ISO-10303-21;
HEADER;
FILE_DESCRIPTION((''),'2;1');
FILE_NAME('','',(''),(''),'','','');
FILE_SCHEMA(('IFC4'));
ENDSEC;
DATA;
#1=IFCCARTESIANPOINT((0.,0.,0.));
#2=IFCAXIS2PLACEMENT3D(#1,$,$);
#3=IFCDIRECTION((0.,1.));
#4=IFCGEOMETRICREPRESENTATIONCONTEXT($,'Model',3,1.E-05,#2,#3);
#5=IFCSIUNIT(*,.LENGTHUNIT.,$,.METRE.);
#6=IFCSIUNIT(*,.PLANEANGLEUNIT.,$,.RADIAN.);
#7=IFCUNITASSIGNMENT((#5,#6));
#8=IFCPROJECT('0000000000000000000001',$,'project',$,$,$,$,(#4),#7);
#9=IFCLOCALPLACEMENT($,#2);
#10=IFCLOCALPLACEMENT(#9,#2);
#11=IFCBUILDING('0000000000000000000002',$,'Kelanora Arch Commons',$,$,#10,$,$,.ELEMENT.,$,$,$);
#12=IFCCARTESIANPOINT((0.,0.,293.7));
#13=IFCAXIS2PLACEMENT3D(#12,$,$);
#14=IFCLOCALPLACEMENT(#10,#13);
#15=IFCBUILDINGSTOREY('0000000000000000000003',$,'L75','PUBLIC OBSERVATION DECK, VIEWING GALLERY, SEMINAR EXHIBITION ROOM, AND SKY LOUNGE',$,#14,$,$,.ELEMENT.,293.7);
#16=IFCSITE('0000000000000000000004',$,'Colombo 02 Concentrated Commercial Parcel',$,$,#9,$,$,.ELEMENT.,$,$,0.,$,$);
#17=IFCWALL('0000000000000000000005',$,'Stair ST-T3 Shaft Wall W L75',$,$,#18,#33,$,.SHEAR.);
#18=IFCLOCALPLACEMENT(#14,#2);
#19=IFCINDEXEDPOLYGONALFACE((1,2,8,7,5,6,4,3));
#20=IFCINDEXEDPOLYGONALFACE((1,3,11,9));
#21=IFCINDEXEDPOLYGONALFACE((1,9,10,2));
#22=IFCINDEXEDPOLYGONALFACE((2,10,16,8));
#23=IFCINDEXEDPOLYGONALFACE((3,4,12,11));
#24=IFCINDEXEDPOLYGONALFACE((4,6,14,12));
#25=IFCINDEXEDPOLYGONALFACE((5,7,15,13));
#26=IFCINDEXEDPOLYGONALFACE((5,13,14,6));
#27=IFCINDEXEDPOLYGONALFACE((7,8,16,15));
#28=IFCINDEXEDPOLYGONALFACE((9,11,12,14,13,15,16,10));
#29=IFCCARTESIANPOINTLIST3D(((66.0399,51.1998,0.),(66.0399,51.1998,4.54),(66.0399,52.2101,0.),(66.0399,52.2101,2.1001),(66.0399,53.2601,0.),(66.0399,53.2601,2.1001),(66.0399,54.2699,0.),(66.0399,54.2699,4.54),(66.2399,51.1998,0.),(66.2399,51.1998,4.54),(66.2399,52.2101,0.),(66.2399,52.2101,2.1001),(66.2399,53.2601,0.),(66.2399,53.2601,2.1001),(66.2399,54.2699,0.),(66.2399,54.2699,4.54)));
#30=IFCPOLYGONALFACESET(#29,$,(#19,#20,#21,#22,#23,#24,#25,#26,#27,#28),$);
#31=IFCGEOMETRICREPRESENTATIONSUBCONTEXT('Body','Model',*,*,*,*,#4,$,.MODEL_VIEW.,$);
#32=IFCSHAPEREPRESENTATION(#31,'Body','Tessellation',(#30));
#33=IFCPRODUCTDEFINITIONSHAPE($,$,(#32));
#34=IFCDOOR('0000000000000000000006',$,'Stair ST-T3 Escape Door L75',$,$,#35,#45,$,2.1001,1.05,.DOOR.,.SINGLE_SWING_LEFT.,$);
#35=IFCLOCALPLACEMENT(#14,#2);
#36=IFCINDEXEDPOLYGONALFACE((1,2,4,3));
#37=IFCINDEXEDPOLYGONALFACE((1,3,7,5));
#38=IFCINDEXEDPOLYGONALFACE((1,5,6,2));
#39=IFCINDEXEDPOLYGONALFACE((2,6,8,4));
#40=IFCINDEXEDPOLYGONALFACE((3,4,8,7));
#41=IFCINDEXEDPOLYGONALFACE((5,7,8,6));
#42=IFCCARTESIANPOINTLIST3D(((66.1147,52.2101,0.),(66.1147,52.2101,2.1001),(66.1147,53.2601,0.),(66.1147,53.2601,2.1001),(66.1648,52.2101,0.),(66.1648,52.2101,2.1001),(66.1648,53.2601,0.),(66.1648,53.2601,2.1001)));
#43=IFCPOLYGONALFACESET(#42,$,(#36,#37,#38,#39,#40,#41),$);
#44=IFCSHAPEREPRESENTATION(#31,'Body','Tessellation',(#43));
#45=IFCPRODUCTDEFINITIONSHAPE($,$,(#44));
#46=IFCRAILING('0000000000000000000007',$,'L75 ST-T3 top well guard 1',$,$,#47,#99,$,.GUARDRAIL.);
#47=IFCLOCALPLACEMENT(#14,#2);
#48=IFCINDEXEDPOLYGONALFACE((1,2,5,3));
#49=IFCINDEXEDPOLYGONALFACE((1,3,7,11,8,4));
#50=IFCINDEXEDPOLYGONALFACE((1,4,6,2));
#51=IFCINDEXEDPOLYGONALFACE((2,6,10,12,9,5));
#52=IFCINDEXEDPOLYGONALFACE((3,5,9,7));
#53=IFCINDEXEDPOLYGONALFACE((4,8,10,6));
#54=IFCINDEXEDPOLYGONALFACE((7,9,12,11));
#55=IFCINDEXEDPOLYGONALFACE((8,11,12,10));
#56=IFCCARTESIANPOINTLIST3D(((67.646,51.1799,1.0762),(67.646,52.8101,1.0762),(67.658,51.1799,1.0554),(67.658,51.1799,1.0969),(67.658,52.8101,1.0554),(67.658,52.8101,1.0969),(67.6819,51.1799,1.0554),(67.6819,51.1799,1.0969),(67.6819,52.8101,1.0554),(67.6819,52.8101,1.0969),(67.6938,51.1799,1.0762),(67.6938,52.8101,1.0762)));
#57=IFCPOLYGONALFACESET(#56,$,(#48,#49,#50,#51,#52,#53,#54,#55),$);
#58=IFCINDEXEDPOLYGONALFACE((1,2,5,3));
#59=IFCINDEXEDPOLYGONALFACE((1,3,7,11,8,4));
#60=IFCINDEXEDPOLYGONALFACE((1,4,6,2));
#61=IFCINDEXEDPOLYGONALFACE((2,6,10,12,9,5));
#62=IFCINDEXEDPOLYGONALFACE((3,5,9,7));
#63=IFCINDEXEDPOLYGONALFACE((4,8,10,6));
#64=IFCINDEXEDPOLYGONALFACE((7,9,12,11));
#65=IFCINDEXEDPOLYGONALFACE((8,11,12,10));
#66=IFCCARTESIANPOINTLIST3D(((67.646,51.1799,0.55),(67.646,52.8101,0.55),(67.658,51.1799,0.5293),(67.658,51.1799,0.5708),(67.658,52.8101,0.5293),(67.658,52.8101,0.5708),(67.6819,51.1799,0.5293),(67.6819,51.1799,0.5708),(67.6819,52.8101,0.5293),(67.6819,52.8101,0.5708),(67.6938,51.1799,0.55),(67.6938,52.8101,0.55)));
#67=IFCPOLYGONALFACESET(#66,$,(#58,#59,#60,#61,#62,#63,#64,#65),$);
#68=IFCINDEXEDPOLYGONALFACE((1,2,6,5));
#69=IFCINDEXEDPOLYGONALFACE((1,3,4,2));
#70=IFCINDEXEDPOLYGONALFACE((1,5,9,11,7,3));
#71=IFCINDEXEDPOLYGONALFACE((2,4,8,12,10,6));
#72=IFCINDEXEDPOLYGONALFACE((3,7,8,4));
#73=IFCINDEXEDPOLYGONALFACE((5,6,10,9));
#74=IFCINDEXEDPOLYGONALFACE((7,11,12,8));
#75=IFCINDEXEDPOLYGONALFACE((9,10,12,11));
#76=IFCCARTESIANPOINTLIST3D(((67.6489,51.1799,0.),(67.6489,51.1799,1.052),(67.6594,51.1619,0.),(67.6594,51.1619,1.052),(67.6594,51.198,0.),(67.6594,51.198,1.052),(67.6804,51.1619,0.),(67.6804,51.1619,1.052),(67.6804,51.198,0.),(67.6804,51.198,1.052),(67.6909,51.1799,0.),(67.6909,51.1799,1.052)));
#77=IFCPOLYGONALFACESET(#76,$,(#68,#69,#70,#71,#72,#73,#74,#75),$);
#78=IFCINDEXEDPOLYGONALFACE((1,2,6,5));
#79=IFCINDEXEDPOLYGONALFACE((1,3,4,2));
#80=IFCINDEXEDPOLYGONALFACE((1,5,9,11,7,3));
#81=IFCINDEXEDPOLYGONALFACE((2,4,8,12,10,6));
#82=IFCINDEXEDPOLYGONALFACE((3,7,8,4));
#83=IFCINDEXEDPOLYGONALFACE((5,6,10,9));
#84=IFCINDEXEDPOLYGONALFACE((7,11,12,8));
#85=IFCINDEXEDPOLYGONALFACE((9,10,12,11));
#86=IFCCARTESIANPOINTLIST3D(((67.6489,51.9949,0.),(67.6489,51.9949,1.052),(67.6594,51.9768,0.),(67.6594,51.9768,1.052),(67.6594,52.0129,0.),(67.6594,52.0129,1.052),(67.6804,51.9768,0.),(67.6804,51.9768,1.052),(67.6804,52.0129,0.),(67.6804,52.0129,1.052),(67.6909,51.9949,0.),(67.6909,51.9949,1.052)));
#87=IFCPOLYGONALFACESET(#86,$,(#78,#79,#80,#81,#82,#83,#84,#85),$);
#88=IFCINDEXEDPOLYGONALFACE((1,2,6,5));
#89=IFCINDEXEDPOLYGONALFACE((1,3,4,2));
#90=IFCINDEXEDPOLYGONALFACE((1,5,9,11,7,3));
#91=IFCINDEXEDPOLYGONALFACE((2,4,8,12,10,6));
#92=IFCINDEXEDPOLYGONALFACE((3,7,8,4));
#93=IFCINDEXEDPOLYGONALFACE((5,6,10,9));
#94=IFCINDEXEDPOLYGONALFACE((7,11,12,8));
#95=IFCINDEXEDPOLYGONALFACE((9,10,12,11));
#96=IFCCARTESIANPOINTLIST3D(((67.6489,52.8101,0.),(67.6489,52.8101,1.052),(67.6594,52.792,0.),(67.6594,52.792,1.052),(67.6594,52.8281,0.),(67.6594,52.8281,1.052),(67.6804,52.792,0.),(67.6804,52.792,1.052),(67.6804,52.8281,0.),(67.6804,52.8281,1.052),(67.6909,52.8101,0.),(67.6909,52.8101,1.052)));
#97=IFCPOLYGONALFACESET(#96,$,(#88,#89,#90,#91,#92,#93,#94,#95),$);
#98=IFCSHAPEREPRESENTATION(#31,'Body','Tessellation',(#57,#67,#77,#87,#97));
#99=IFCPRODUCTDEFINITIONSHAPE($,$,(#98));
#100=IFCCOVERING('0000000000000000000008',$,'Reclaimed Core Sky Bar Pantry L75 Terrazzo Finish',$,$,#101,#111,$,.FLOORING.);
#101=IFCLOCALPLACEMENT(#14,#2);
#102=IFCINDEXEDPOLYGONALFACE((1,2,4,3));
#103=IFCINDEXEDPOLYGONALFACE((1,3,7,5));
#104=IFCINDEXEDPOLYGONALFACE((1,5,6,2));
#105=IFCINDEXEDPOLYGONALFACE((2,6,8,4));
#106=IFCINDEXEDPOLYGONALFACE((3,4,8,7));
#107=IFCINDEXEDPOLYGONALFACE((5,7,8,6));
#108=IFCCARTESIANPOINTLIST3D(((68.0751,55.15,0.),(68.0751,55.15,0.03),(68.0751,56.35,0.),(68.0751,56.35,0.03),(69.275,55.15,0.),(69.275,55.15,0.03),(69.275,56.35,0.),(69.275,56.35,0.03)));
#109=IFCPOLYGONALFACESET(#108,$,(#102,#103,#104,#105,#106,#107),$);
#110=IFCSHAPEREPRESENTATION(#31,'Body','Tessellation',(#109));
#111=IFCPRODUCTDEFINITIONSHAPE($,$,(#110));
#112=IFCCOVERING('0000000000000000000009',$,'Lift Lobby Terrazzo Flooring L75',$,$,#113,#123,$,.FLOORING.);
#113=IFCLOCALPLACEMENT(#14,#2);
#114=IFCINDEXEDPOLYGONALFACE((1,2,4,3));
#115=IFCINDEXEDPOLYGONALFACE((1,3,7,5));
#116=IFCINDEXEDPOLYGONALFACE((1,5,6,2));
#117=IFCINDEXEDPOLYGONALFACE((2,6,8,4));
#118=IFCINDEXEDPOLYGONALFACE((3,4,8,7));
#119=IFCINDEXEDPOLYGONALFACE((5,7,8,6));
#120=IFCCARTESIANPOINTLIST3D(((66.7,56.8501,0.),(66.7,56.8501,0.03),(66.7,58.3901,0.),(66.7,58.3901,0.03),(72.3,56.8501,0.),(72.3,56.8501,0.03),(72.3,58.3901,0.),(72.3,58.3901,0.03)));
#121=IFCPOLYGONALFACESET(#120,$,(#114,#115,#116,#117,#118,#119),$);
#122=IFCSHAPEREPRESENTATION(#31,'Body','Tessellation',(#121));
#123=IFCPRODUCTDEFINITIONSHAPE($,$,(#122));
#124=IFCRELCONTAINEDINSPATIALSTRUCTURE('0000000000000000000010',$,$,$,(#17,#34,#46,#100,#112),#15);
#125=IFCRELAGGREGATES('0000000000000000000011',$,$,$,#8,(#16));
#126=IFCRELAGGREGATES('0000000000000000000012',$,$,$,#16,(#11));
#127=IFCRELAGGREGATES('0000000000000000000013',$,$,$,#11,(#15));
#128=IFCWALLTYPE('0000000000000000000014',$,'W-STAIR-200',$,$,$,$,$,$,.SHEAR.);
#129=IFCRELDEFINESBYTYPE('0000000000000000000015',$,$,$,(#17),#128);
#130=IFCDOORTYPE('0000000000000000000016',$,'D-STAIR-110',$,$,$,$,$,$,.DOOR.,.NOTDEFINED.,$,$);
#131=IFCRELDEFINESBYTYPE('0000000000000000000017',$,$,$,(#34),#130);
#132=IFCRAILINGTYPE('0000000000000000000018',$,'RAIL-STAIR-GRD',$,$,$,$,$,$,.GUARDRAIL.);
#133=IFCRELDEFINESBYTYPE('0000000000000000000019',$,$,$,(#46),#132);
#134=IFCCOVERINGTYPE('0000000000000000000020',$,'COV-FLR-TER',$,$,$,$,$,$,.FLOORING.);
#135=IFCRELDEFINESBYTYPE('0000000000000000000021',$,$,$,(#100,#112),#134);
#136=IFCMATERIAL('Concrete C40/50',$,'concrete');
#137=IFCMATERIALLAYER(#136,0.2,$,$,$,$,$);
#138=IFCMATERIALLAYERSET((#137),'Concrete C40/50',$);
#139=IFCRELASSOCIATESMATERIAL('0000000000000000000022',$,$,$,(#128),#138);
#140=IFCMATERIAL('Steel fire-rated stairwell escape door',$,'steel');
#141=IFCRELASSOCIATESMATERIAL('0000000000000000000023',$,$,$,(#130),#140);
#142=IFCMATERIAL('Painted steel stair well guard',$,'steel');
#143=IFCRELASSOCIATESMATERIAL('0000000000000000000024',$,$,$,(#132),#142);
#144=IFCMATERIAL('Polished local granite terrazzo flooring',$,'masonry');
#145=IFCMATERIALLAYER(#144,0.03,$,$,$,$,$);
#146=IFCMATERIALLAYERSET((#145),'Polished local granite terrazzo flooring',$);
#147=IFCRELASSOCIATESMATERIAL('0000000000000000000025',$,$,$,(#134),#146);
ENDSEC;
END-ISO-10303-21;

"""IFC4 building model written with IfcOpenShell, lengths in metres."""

from ifc_helpers import new_model, si_unit, direction, frame, frame_2d, origin, origin_2d, place, context, subcontext, project, spatial, polyline, rectangle, outline, extrude, source, transform, mapped, material, layer, layer_set, type_object, element, fill, save


model = new_model("IFC4")

# Units and contexts
model_context = context("Model", 3, precision=1e-05, world=origin(), true_north=direction((0.0, 1.0)))
body_context = subcontext(model_context, "Body", "Model", "MODEL_VIEW")
ifc_project = project(units=[si_unit("LENGTHUNIT", "METRE"), si_unit("PLANEANGLEUNIT", "RADIAN")], contexts=[model_context])

# Site, building, storey
site_placement = place(None, origin())
site = spatial("IfcSite", under=ifc_project, at=site_placement, Name="Colombo 02 Concentrated Commercial Parcel", CompositionType="ELEMENT", RefElevation=0.0)
building_placement = place(site_placement, origin())
building = spatial("IfcBuilding", under=site, at=building_placement, Name="Kelanora Arch Commons", CompositionType="ELEMENT")
storey_placement = place(building_placement, frame((0.0, 0.0, 293.7)))
storey = spatial("IfcBuildingStorey", under=building, at=storey_placement, Name="L75", Description="PUBLIC OBSERVATION DECK, VIEWING GALLERY, SEMINAR EXHIBITION ROOM, AND SKY LOUNGE", CompositionType="ELEMENT", Elevation=293.7)

# Shared definitions
ifc_material_1 = material(Name="Concrete C40/50", Category="concrete")
ifc_layer_1 = layer(ifc_material_1, 0.2)
ifc_layer_set_1 = layer_set([ifc_layer_1], Name="Concrete C40/50")
wall_type_1 = type_object("IfcWallType", Name="W-STAIR-200", PredefinedType="SHEAR", material=ifc_layer_set_1)

# Wall, opening, door
wall_1_placement = place(storey_placement, frame((66.1399, 54.27, 0.0), z_axis=(0.0, 0.0, 1.0), x_axis=(0.0, -1.0, 0.0)))
wall_1 = element("IfcWall", 1, at=wall_1_placement, inside=storey, type_object=wall_type_1, Name="Stair ST-T3 Shaft Wall W L75", PredefinedType="SHEAR", context=body_context, shape_type="SweptSolid", body=[
    extrude(rectangle(XDim=3.0701, YDim=0.2, at=frame_2d((1.5352, 0.0))), origin(), (0.0, 0.0, 1.0), 4.54),
])
opening_1_placement = place(wall_1_placement, frame((1.01, 0.0, 0.0)))
opening_1 = element("IfcOpeningElement", 2, at=opening_1_placement, cuts=wall_1, PredefinedType="OPENING", context=body_context, shape_type="SweptSolid", body=[
    extrude(rectangle(XDim=1.05, YDim=2.1001, at=frame_2d((0.5249, 1.05))), frame((0.0, 0.1099, 0.0), z_axis=(0.0, -1.0, 0.0), x_axis=(1.0, 0.0, 0.0)), (0.0, 0.0, 1.0), 0.22),
])
ifc_material_2 = material(Name="Steel fire-rated stairwell escape door", Category="steel")
door_type_1 = type_object("IfcDoorType", Name="D-STAIR-110", OperationType="NOTDEFINED", PredefinedType="DOOR", material=ifc_material_2)
door_1_placement = place(opening_1_placement, origin())
door_1 = element("IfcDoor", 3, at=door_1_placement, inside=storey, type_object=door_type_1, Name="Stair ST-T3 Escape Door L75", OperationType="SINGLE_SWING_LEFT", OverallHeight=2.1001, OverallWidth=1.05, PredefinedType="DOOR", context=body_context, shape_type="SweptSolid", body=[
    extrude(rectangle(XDim=1.05, YDim=2.1001, at=frame_2d((0.5249, 1.05))), frame((0.0, 0.0249, 0.0), z_axis=(0.0, -1.0, 0.0), x_axis=(1.0, 0.0, 0.0)), (0.0, 0.0, 1.0), 0.05),
])
fill(opening_1, door_1)

# Railing
ifc_material_3 = material(Name="Painted steel stair well guard", Category="steel")
railing_type = type_object("IfcRailingType", Name="RAIL-STAIR-GRD", PredefinedType="GUARDRAIL", material=ifc_material_3)
railing_placement = place(storey_placement, frame((67.6699, 51.1799, 0.0)))
element("IfcRailing", 4, at=railing_placement, inside=storey, type_object=railing_type, Name="L75 ST-T3 top well guard 1", PredefinedType="GUARDRAIL", context=body_context, shape_type="SweptSolid", body=[
    extrude(outline(polyline([(0.0239, 0.0), (0.012, 0.0208), (-0.012, 0.0208), (-0.0239, 0.0), (-0.012, -0.0208), (0.012, -0.0208), (0.0239, 0.0)])), frame((0.0, 0.0, 1.0762), z_axis=(0.0, 1.0, 0.0), x_axis=(-1.0, 0.0, 0.0)), (0.0, 0.0, 1.0), 1.6301),
    extrude(outline(polyline([(0.0239, 0.0), (0.012, 0.0208), (-0.012, 0.0208), (-0.0239, 0.0), (-0.012, -0.0208), (0.012, -0.0208), (0.0239, 0.0)])), frame((0.0, 0.0, 0.55), z_axis=(0.0, 1.0, 0.0), x_axis=(-1.0, 0.0, 0.0)), (0.0, 0.0, 1.0), 1.6301),
    extrude(outline(polyline([(0.021, 0.0), (0.0105, 0.0181), (-0.0105, 0.0181), (-0.021, 0.0), (-0.0105, -0.0181), (0.0105, -0.0181), (0.021, 0.0)])), origin(), (0.0, 0.0, 1.0), 1.052),
    extrude(outline(polyline([(0.021, 0.0), (0.0105, 0.0181), (-0.0105, 0.0181), (-0.021, 0.0), (-0.0105, -0.0181), (0.0105, -0.0181), (0.021, 0.0)])), frame((0.0, 0.8149, 0.0)), (0.0, 0.0, 1.0), 1.052),
    extrude(outline(polyline([(0.021, 0.0), (0.0105, 0.0181), (-0.0105, 0.0181), (-0.021, 0.0), (-0.0105, -0.0181), (0.0105, -0.0181), (0.021, 0.0)])), frame((0.0, 1.6301, 0.0)), (0.0, 0.0, 1.0), 1.052),
])

# Coverings
ifc_material_4 = material(Name="Polished local granite terrazzo flooring", Category="masonry")
ifc_layer_2 = layer(ifc_material_4, 0.03)
ifc_layer_set_2 = layer_set([ifc_layer_2], Name="Polished local granite terrazzo flooring")
covering_type = type_object("IfcCoveringType", Name="COV-FLR-TER", PredefinedType="FLOORING", material=ifc_layer_set_2)
shared_shape_1 = source(origin(), body_context, "Body", "SweptSolid", [
    extrude(rectangle(XDim=1.2, YDim=1.2, at=origin_2d()), origin(), (0.0, 0.0, 1.0), 0.03),
])
covering_1_placement = place(storey_placement, frame((68.675, 55.75, 0.0), z_axis=(0.0, 0.0, 1.0), x_axis=(1.0, 0.0, 0.0)))
element("IfcCovering", 5, at=covering_1_placement, inside=storey, type_object=covering_type, Name="Reclaimed Core Sky Bar Pantry L75 Terrazzo Finish", PredefinedType="FLOORING", context=body_context, shape_type="MappedRepresentation", body=[
    mapped(shared_shape_1, transform((0.0, 0.0, 0.0), scale=1.0)),
])
shared_shape_2 = source(origin(), body_context, "Body", "SweptSolid", [
    extrude(rectangle(XDim=5.6001, YDim=1.54, at=origin_2d()), origin(), (0.0, 0.0, 1.0), 0.03),
])
covering_2_placement = place(storey_placement, frame((69.5, 57.6201, 0.0), z_axis=(0.0, 0.0, 1.0), x_axis=(1.0, 0.0, 0.0)))
element("IfcCovering", 6, at=covering_2_placement, inside=storey, type_object=covering_type, Name="Lift Lobby Terrazzo Flooring L75", PredefinedType="FLOORING", context=body_context, shape_type="MappedRepresentation", body=[
    mapped(shared_shape_2, transform((0.0, 0.0, 0.0), scale=1.0)),
])

save(model, "model.ifc")
